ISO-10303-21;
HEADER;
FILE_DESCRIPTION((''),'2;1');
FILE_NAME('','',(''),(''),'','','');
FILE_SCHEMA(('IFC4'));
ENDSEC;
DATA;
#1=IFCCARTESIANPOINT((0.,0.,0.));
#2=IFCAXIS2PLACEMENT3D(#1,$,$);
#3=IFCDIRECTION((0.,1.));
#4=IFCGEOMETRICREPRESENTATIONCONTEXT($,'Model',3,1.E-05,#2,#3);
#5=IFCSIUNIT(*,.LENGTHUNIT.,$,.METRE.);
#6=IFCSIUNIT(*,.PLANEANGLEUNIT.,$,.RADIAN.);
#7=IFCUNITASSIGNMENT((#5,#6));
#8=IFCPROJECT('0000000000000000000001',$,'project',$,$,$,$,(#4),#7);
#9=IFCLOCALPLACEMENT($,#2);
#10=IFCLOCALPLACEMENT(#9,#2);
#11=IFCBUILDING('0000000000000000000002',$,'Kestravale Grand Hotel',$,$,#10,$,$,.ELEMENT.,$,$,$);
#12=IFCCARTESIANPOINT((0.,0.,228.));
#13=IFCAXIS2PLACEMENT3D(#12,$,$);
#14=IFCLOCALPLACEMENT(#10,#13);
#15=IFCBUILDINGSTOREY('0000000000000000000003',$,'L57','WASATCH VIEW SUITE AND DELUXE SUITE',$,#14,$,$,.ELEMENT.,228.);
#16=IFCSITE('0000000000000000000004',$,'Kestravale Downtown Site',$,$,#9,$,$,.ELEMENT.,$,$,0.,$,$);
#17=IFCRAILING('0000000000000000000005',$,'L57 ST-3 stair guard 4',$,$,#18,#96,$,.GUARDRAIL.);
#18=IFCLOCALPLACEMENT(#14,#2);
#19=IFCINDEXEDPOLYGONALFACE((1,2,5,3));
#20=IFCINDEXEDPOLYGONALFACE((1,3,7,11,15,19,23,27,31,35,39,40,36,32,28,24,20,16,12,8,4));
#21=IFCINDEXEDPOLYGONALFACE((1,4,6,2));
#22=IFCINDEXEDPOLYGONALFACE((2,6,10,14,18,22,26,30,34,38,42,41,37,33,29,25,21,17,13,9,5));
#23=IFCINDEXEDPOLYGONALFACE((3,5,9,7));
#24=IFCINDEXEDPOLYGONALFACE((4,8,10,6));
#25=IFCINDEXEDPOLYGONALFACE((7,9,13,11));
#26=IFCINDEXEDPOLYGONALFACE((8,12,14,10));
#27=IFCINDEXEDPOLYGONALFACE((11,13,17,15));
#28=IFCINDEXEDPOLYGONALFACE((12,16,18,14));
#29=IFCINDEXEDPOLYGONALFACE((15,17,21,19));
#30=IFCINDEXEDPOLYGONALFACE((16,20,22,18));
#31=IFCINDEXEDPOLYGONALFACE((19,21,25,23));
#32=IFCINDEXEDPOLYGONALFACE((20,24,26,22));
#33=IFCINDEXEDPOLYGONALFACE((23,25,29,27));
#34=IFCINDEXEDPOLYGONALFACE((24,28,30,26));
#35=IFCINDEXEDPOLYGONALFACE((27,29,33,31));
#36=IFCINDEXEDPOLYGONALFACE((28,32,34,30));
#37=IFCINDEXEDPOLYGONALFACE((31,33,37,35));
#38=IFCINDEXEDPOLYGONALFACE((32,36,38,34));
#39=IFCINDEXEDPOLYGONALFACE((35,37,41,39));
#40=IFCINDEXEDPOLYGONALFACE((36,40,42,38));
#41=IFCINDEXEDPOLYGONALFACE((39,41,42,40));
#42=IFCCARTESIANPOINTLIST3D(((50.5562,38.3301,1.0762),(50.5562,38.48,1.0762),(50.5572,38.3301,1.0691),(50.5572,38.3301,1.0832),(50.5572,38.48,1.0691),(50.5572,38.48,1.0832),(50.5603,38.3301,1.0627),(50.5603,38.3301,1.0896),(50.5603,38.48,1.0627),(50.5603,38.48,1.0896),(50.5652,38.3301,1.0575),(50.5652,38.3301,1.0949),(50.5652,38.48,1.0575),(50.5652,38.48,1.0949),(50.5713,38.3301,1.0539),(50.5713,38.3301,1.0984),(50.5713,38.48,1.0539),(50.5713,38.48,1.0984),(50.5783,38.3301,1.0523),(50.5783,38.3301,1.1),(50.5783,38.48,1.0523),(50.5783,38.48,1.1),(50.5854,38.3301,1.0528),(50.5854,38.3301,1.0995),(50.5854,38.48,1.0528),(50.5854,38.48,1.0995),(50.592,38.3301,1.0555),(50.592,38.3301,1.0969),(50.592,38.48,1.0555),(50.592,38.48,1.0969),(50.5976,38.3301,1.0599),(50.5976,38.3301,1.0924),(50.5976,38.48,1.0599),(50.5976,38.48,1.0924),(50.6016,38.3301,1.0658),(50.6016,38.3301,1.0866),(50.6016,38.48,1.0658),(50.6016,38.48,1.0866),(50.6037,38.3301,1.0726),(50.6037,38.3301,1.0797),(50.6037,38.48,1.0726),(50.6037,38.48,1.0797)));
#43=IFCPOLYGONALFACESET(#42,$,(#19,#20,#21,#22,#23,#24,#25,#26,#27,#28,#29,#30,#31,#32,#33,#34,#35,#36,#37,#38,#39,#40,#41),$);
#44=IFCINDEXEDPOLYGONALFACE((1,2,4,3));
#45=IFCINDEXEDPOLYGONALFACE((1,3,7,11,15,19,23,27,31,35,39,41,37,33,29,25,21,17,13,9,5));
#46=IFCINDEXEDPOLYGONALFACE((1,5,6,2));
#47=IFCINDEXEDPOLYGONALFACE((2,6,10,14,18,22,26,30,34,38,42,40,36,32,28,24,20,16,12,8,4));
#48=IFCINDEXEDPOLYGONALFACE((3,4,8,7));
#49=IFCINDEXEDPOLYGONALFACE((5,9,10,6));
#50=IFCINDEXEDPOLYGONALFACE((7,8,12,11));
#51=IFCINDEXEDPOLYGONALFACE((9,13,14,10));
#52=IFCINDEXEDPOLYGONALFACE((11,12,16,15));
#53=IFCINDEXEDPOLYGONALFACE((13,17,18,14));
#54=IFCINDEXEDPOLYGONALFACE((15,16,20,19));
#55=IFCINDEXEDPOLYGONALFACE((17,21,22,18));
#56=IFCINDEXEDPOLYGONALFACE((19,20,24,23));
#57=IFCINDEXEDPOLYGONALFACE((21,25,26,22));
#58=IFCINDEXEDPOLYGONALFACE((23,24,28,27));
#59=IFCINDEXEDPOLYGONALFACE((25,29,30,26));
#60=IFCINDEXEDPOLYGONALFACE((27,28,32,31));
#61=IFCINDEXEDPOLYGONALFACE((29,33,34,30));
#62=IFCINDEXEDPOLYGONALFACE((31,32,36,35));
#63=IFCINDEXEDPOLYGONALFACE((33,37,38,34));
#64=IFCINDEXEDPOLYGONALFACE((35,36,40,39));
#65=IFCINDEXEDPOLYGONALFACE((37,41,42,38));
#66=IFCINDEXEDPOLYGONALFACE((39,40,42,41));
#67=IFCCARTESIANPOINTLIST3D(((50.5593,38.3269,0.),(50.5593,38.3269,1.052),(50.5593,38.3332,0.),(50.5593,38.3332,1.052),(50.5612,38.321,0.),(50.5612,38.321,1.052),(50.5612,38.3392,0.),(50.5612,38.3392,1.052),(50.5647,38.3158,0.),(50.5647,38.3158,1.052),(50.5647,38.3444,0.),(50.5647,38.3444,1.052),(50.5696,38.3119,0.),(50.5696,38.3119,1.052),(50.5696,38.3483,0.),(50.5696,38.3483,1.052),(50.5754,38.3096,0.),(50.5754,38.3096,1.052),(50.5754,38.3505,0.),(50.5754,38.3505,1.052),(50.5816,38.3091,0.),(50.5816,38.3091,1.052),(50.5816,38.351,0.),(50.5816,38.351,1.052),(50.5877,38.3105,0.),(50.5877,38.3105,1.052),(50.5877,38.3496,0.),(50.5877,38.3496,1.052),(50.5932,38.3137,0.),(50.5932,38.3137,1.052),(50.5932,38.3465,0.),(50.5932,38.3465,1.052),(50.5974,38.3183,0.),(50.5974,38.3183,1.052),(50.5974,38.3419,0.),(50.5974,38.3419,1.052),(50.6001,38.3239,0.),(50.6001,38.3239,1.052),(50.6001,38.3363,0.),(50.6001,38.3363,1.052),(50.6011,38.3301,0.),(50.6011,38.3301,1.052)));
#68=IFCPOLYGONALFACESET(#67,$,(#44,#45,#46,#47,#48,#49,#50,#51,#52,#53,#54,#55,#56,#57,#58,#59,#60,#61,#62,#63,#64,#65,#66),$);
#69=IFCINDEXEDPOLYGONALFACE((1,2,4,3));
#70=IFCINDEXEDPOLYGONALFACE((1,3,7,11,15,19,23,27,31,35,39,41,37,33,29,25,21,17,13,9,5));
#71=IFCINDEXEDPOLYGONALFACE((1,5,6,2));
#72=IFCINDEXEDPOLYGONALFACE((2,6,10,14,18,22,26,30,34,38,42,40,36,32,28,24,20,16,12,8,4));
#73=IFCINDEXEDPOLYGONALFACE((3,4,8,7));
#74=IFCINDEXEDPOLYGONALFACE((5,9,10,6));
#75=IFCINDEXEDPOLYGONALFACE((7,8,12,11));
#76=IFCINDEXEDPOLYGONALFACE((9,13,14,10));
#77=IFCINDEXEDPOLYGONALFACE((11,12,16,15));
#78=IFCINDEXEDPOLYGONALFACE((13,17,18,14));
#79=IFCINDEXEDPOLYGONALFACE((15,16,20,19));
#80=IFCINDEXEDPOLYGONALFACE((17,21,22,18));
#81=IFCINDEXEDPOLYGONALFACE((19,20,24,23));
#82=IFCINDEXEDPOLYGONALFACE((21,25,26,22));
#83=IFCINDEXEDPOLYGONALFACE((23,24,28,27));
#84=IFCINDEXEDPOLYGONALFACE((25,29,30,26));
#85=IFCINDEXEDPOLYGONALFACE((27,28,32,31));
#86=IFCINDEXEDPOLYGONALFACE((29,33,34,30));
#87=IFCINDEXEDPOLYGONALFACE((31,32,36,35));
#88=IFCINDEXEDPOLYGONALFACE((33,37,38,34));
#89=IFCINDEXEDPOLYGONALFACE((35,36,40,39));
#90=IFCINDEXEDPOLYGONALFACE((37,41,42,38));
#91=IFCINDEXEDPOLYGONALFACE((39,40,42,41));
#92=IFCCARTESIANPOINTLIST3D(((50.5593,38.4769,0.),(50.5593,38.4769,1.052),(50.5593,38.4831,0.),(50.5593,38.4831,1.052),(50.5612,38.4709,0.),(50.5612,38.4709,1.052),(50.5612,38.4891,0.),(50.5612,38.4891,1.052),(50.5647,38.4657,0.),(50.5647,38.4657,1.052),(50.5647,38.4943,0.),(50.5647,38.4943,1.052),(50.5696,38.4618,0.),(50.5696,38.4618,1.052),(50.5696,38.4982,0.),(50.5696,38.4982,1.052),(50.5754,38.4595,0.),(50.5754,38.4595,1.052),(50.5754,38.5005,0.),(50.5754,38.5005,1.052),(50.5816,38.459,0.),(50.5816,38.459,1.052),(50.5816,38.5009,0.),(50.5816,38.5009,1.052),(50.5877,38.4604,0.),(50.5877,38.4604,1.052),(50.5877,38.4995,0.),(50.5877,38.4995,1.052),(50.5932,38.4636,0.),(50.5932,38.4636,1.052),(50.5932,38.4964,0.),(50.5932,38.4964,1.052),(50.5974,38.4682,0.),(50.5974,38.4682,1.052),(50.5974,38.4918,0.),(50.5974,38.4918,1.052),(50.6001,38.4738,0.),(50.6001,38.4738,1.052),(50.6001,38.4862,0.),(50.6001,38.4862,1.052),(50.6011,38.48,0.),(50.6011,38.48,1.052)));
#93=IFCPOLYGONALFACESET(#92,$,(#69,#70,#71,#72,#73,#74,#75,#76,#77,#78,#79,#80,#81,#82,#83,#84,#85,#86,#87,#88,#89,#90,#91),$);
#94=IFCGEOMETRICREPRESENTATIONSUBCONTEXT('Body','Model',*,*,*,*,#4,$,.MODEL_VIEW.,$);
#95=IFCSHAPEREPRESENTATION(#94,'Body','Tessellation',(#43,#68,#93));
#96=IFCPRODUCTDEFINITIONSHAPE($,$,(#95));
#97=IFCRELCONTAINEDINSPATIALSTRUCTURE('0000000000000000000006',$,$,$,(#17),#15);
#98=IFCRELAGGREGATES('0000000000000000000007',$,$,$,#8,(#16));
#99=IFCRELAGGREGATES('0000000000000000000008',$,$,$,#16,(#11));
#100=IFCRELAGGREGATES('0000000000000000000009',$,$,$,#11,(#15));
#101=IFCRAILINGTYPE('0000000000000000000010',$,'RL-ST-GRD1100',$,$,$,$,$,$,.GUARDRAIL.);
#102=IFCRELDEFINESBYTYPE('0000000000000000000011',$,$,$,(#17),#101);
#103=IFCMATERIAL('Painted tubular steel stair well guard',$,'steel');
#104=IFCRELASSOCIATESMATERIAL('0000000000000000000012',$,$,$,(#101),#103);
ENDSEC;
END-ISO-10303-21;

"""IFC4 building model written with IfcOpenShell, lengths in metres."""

from ifc_helpers import new_model, si_unit, direction, frame, origin, origin_2d, place, context, subcontext, project, spatial, circle, extrude, material, type_object, element, save


model = new_model("IFC4")

# Units and contexts
model_context = context("Model", 3, precision=1e-05, world=origin(), true_north=direction((0.0, 1.0)))
body_context = subcontext(model_context, "Body", "Model", "MODEL_VIEW")
ifc_project = project(units=[si_unit("LENGTHUNIT", "METRE"), si_unit("PLANEANGLEUNIT", "RADIAN")], contexts=[model_context])

# Site, building, storey
site_placement = place(None, origin())
site = spatial("IfcSite", under=ifc_project, at=site_placement, Name="Kestravale Downtown Site", CompositionType="ELEMENT", RefElevation=0.0)
building_placement = place(site_placement, origin())
building = spatial("IfcBuilding", under=site, at=building_placement, Name="Kestravale Grand Hotel", CompositionType="ELEMENT")
storey_placement = place(building_placement, frame((0.0, 0.0, 228.0)))
storey = spatial("IfcBuildingStorey", under=building, at=storey_placement, Name="L57", Description="WASATCH VIEW SUITE AND DELUXE SUITE", CompositionType="ELEMENT", Elevation=228.0)

# Railing
ifc_material_1 = material(Name="Painted tubular steel stair well guard", Category="steel")
railing_type_1 = type_object("IfcRailingType", Name="RL-ST-GRD1100", PredefinedType="GUARDRAIL", material=ifc_material_1)
railing_1_placement = place(storey_placement, frame((50.5801, 38.3301, 0.0)))
element("IfcRailing", 1, at=railing_1_placement, inside=storey, type_object=railing_type_1, Name="L57 ST-3 stair guard 4", PredefinedType="GUARDRAIL", context=body_context, shape_type="SweptSolid", body=[
    extrude(circle(Radius=0.0239, at=origin_2d()), frame((0.0, 0.0, 1.0762), z_axis=(0.0, 1.0, 0.0), x_axis=(-1.0, 0.0, 0.0)), (0.0, 0.0, 1.0), 0.1499),
    extrude(circle(Radius=0.021, at=origin_2d()), origin(), (0.0, 0.0, 1.0), 1.052),
    extrude(circle(Radius=0.021, at=origin_2d()), frame((0.0, 0.1499, 0.0)), (0.0, 0.0, 1.0), 1.052),
])

save(model, "model.ifc")
